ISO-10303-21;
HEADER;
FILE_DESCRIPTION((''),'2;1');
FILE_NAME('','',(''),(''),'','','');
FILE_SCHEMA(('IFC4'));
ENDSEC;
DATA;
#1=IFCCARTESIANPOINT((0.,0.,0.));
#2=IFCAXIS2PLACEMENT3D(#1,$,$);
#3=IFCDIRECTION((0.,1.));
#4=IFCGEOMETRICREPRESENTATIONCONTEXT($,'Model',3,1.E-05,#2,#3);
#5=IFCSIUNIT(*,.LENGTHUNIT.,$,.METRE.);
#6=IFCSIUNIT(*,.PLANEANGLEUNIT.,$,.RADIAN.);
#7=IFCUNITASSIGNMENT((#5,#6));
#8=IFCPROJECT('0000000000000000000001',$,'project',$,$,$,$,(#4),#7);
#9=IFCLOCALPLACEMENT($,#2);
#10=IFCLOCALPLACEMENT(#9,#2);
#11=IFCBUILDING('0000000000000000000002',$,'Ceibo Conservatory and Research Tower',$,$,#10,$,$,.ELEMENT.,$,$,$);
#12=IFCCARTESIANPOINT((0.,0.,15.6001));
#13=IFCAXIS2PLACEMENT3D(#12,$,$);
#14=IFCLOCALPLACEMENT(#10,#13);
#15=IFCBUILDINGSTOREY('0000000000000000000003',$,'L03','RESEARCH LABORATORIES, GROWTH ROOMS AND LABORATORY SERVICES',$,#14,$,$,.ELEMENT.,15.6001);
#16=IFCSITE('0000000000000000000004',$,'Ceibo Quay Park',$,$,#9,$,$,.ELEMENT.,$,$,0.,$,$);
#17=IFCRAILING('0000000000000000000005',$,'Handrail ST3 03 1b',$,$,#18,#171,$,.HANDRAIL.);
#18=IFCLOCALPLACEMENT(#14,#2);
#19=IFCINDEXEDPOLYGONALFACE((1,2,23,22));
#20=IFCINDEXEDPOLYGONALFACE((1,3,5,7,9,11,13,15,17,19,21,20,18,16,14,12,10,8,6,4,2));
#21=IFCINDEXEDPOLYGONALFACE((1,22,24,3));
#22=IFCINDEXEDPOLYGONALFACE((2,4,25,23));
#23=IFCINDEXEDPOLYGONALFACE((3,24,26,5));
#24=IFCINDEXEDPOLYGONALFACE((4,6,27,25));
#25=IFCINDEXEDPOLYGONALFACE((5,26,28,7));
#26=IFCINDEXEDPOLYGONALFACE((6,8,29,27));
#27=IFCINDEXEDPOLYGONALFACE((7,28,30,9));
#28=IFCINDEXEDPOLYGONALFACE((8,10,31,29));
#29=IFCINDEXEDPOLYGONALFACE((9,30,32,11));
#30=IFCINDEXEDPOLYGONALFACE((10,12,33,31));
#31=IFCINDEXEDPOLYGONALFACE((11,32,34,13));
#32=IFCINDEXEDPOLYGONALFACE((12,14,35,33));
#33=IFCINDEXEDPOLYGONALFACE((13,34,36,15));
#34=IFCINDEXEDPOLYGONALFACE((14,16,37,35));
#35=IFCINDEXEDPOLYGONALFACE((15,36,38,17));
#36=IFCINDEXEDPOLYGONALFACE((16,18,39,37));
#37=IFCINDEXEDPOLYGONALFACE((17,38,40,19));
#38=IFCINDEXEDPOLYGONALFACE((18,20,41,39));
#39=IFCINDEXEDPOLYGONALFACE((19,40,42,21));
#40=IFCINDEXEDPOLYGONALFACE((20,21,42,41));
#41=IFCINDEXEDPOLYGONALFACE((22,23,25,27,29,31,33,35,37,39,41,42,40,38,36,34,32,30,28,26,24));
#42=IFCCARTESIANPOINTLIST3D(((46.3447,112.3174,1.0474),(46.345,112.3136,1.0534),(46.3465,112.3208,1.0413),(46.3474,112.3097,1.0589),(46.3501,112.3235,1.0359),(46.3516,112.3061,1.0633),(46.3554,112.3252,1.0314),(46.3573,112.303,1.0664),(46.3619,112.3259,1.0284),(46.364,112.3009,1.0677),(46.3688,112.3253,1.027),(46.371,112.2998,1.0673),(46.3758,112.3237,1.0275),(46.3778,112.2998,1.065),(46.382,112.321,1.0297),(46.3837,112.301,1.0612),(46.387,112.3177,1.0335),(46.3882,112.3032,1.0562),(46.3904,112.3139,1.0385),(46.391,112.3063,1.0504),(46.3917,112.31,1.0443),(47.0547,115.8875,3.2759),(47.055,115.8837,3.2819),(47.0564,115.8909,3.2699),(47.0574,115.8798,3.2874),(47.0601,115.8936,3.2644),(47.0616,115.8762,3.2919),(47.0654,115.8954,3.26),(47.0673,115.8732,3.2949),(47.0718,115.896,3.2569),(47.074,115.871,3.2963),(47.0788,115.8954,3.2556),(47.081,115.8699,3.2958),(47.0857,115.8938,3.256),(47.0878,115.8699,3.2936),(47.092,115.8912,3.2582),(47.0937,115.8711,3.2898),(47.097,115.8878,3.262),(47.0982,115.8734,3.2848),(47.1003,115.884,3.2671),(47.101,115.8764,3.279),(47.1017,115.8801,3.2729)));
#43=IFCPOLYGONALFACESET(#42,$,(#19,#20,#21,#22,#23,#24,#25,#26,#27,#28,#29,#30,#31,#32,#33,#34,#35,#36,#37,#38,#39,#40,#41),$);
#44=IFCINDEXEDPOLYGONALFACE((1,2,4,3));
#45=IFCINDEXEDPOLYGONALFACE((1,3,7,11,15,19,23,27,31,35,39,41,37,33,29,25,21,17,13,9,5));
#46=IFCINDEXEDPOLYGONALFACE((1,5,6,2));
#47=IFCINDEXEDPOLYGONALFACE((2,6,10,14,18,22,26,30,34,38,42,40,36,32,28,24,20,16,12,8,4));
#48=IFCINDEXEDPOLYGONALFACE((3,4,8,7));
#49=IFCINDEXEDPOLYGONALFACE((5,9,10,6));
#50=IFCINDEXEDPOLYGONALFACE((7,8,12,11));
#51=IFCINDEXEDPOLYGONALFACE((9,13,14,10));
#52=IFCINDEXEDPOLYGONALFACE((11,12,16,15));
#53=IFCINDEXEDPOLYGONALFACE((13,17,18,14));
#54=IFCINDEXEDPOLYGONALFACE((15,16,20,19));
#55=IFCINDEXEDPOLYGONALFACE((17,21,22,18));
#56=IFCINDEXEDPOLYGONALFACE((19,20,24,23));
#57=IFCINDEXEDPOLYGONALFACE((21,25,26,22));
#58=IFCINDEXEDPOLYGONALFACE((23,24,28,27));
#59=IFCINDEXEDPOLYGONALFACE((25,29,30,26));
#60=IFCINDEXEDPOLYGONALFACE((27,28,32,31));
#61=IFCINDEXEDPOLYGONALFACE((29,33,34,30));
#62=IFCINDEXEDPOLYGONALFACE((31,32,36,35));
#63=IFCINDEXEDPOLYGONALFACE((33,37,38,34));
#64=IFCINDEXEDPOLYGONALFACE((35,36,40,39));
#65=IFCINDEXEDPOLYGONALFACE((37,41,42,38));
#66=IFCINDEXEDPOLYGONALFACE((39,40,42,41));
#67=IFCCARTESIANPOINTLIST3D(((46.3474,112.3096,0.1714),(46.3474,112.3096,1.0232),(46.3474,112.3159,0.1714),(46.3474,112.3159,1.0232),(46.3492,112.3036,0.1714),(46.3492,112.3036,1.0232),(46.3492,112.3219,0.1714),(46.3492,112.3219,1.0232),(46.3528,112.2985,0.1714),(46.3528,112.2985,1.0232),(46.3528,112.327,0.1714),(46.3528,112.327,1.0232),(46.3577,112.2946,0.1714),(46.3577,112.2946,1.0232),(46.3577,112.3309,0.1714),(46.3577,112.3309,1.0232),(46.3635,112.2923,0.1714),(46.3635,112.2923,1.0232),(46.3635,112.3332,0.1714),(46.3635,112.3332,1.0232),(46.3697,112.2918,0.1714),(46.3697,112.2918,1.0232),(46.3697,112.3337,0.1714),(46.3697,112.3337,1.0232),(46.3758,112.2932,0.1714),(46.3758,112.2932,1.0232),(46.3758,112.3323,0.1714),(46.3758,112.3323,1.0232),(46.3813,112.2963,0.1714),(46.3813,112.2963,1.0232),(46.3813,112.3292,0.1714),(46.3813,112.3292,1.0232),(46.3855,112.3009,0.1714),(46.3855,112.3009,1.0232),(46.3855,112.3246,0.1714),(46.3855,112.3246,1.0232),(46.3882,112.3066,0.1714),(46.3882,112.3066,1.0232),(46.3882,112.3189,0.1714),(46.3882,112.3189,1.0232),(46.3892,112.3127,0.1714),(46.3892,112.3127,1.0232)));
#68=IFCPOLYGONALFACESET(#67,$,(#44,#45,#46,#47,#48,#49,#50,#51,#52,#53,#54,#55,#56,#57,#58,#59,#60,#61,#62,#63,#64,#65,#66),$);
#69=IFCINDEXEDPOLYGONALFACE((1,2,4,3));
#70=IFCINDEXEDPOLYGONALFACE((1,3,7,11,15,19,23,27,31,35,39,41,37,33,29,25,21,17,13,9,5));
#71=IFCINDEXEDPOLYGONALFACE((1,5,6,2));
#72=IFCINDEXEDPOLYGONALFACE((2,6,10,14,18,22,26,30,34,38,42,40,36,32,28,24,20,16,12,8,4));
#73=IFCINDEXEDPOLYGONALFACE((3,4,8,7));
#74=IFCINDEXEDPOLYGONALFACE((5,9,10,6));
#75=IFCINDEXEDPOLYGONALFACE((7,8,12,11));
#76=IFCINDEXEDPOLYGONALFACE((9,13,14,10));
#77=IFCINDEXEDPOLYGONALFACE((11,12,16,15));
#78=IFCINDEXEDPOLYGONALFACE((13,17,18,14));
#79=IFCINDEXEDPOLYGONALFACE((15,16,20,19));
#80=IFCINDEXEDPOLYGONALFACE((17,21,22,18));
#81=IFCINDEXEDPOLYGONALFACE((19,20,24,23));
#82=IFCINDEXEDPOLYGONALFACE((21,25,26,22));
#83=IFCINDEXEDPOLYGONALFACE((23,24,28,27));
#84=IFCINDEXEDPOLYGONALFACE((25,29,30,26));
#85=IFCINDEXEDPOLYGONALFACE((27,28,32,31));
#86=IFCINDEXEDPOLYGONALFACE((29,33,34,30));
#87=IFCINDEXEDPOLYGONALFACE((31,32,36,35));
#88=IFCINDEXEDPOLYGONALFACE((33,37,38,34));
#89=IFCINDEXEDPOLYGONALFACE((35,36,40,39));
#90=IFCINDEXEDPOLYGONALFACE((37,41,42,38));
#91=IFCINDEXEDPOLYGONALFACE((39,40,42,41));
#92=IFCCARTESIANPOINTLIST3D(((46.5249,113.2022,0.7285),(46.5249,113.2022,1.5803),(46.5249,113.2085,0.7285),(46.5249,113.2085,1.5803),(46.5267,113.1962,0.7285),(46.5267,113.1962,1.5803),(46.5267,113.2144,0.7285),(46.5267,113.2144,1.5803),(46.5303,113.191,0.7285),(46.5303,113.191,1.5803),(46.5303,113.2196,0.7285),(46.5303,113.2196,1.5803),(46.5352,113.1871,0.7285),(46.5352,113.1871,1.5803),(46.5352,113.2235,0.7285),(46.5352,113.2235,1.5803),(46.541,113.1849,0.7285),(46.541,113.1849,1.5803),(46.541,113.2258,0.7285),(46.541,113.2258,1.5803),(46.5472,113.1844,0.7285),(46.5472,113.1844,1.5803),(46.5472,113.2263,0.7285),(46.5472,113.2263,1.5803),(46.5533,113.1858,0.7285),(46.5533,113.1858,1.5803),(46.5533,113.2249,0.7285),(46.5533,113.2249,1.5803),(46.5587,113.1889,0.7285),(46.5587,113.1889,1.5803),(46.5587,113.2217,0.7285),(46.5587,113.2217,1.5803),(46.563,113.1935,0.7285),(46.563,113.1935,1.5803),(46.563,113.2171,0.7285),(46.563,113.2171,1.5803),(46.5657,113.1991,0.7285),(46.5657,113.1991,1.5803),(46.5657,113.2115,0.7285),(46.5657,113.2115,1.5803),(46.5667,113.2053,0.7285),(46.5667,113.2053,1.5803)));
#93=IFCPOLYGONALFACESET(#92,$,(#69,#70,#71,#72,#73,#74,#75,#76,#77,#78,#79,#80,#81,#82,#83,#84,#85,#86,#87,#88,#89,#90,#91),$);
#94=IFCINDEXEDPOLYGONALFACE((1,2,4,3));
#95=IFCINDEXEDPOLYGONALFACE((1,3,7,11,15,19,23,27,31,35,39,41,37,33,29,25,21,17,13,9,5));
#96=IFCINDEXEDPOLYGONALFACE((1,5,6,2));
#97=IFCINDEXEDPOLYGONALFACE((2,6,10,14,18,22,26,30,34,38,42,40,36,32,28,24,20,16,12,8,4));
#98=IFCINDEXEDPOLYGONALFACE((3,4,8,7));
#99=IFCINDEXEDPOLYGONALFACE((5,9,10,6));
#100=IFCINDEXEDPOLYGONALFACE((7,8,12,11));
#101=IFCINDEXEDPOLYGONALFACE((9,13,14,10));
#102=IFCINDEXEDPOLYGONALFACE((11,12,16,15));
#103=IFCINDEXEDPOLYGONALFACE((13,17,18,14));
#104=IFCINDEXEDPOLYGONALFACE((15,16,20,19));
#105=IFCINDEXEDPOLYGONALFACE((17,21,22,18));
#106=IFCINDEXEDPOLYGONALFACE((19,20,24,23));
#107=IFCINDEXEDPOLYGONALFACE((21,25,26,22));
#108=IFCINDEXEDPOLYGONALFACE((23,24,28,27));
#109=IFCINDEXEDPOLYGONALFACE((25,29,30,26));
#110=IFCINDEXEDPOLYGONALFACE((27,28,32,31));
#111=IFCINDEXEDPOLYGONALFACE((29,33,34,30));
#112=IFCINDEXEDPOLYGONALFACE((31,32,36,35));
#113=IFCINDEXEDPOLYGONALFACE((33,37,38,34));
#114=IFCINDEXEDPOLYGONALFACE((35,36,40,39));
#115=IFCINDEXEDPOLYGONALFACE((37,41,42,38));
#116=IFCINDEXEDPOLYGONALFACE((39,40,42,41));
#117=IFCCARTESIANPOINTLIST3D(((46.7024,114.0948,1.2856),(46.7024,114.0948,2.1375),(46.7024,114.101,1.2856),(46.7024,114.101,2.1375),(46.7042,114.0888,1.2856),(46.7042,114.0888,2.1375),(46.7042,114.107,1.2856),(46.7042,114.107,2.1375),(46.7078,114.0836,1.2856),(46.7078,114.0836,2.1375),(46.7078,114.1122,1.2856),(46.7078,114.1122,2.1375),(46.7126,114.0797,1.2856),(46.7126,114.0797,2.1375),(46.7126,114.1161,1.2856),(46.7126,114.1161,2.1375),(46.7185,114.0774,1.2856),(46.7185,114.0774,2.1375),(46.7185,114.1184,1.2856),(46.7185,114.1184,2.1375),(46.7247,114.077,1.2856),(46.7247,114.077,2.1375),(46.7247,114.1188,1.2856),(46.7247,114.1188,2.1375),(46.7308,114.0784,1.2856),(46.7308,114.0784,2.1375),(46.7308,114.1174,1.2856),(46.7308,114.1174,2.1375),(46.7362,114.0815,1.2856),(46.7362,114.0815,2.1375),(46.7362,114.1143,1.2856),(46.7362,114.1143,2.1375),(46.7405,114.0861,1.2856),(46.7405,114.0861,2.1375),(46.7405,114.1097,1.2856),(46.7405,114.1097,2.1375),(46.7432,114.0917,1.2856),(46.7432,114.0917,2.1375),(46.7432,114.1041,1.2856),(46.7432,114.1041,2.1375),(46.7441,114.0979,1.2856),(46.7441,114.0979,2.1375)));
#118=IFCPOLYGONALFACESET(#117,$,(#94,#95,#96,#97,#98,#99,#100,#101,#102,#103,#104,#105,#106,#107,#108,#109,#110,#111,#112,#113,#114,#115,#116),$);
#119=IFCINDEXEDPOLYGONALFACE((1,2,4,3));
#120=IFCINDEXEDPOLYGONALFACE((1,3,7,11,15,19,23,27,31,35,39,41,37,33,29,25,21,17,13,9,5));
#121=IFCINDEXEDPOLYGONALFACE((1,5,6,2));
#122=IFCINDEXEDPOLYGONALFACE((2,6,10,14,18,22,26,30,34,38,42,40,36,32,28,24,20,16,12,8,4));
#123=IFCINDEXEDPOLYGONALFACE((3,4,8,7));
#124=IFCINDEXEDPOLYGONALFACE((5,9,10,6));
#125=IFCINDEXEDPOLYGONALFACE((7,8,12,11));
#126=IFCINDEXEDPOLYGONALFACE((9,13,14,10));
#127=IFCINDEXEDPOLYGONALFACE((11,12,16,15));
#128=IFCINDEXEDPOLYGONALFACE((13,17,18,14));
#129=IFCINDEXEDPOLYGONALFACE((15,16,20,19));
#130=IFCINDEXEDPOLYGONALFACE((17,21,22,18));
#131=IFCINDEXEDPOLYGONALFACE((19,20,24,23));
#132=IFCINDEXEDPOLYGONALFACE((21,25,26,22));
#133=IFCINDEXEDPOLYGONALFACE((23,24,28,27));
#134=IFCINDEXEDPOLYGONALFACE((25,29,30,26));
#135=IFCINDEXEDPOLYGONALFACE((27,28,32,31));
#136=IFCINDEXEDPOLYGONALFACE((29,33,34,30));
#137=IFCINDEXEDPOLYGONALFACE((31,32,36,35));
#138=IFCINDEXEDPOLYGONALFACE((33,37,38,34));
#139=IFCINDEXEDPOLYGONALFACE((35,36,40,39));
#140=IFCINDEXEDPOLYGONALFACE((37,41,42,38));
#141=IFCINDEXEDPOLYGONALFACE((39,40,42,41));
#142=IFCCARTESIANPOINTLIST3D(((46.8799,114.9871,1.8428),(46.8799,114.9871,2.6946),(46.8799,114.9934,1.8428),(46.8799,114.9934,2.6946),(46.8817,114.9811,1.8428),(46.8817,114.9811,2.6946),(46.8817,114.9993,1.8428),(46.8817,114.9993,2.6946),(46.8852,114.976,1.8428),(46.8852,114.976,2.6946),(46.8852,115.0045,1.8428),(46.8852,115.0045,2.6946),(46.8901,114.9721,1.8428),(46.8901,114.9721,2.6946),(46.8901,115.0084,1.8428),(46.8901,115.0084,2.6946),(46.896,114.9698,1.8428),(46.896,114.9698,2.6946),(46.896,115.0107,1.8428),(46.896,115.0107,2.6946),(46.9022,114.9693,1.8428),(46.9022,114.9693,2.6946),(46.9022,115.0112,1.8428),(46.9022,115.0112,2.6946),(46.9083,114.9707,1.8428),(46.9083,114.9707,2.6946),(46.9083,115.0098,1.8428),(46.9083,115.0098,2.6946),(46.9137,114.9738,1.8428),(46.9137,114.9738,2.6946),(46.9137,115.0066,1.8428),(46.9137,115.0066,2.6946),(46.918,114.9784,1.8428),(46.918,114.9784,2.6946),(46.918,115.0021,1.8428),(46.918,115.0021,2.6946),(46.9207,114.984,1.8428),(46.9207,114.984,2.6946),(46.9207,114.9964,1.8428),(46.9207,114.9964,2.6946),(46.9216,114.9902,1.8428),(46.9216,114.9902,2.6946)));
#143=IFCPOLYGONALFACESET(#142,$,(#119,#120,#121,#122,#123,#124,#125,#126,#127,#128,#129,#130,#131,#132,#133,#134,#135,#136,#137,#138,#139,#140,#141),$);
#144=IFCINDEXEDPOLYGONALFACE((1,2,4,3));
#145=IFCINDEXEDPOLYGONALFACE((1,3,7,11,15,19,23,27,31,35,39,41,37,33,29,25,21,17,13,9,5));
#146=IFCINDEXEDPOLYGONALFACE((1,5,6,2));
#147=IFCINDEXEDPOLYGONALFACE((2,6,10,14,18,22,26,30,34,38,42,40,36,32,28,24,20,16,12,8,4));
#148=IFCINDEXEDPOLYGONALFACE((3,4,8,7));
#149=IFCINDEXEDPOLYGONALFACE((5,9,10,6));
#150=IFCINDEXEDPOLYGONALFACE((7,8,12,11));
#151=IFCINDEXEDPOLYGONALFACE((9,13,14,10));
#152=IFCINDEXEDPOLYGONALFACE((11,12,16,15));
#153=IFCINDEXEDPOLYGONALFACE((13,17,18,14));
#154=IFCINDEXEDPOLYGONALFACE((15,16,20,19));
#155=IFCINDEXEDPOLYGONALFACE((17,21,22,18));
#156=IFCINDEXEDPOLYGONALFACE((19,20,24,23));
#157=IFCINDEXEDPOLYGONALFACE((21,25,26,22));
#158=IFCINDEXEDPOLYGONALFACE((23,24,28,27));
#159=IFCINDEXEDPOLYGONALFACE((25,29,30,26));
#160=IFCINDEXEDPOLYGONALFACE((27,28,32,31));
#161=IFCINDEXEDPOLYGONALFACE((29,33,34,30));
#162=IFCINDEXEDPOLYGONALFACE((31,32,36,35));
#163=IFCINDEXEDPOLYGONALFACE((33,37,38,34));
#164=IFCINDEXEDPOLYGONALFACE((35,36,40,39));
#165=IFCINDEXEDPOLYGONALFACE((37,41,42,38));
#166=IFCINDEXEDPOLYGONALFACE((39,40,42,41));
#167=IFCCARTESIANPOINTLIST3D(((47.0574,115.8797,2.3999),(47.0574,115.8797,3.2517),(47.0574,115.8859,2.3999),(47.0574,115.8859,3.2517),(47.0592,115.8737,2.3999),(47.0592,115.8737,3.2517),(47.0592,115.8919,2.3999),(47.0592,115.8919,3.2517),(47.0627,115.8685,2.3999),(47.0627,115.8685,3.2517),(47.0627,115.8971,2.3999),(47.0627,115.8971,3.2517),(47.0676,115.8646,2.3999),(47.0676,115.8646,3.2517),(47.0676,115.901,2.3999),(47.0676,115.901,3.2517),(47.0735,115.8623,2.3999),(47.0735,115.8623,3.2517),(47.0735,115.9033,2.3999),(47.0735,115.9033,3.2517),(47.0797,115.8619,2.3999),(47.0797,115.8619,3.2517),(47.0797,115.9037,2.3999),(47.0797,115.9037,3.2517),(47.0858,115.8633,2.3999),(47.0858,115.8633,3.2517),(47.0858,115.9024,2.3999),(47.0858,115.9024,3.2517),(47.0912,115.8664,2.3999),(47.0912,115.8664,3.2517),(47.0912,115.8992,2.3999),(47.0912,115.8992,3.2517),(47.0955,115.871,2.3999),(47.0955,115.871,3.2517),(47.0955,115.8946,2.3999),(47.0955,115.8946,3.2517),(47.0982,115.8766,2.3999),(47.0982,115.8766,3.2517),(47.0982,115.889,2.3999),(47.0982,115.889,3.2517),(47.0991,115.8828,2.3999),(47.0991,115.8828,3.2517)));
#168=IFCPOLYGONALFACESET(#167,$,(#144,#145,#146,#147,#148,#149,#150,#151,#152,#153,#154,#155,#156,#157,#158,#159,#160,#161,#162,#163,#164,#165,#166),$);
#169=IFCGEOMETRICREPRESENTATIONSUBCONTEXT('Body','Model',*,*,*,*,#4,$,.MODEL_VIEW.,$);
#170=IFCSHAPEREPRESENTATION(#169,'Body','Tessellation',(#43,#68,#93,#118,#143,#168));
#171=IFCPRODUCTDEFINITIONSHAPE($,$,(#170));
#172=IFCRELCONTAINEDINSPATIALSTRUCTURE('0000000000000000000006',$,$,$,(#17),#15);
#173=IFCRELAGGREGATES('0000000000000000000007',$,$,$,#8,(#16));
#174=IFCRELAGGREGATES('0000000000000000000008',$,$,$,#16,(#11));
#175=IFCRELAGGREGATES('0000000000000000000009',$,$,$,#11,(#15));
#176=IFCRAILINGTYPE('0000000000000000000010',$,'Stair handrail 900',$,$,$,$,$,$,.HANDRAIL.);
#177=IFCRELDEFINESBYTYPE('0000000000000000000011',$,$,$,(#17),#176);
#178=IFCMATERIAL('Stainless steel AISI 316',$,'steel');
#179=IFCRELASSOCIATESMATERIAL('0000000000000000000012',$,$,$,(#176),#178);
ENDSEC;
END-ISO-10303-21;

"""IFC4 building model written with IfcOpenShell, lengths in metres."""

from ifc_helpers import new_model, si_unit, direction, frame, origin, origin_2d, place, context, subcontext, project, spatial, circle, extrude, material, type_object, element, save


model = new_model("IFC4")

# Units and contexts
model_context = context("Model", 3, precision=1e-05, world=origin(), true_north=direction((0.0, 1.0)))
body_context = subcontext(model_context, "Body", "Model", "MODEL_VIEW")
ifc_project = project(units=[si_unit("LENGTHUNIT", "METRE"), si_unit("PLANEANGLEUNIT", "RADIAN")], contexts=[model_context])

# Site, building, storey
site_placement = place(None, origin())
site = spatial("IfcSite", under=ifc_project, at=site_placement, Name="Ceibo Quay Park", CompositionType="ELEMENT", RefElevation=0.0)
building_placement = place(site_placement, origin())
building = spatial("IfcBuilding", under=site, at=building_placement, Name="Ceibo Conservatory and Research Tower", CompositionType="ELEMENT")
storey_placement = place(building_placement, frame((0.0, 0.0, 15.6001)))
storey = spatial("IfcBuildingStorey", under=building, at=storey_placement, Name="L03", Description="RESEARCH LABORATORIES, GROWTH ROOMS AND LABORATORY SERVICES", CompositionType="ELEMENT", Elevation=15.6001)

# Railing
ifc_material_1 = material(Name="Stainless steel AISI 316", Category="steel")
railing_type = type_object("IfcRailingType", Name="Stair handrail 900", PredefinedType="HANDRAIL", material=ifc_material_1)
railing_1_placement = place(storey_placement, frame((46.3682, 112.3127, 0.1714)))
element("IfcRailing", 1, at=railing_1_placement, inside=storey, type_object=railing_type, Name="Handrail ST3 03 1b", PredefinedType="HANDRAIL", context=body_context, shape_type="SweptSolid", body=[
    extrude(circle(Radius=0.0239, at=origin_2d()), frame((0.0, 0.0, 0.876), z_axis=(0.166346, 0.836476, 0.522147), x_axis=(-0.980794, 0.195045, 0.0)), (0.0, 0.0, 1.0), 4.2681),
    extrude(circle(Radius=0.021, at=origin_2d()), origin(), (0.0, 0.0, 1.0), 0.8518),
    extrude(circle(Radius=0.021, at=origin_2d()), frame((0.1775, 0.8926, 0.5571)), (0.0, 0.0, 1.0), 0.8518),
    extrude(circle(Radius=0.021, at=origin_2d()), frame((0.355, 1.7852, 1.1143)), (0.0, 0.0, 1.0), 0.8518),
    extrude(circle(Radius=0.021, at=origin_2d()), frame((0.5325, 2.6775, 1.6714)), (0.0, 0.0, 1.0), 0.8518),
    extrude(circle(Radius=0.021, at=origin_2d()), frame((0.71, 3.5701, 2.2285)), (0.0, 0.0, 1.0), 0.8518),
])

save(model, "model.ifc")
